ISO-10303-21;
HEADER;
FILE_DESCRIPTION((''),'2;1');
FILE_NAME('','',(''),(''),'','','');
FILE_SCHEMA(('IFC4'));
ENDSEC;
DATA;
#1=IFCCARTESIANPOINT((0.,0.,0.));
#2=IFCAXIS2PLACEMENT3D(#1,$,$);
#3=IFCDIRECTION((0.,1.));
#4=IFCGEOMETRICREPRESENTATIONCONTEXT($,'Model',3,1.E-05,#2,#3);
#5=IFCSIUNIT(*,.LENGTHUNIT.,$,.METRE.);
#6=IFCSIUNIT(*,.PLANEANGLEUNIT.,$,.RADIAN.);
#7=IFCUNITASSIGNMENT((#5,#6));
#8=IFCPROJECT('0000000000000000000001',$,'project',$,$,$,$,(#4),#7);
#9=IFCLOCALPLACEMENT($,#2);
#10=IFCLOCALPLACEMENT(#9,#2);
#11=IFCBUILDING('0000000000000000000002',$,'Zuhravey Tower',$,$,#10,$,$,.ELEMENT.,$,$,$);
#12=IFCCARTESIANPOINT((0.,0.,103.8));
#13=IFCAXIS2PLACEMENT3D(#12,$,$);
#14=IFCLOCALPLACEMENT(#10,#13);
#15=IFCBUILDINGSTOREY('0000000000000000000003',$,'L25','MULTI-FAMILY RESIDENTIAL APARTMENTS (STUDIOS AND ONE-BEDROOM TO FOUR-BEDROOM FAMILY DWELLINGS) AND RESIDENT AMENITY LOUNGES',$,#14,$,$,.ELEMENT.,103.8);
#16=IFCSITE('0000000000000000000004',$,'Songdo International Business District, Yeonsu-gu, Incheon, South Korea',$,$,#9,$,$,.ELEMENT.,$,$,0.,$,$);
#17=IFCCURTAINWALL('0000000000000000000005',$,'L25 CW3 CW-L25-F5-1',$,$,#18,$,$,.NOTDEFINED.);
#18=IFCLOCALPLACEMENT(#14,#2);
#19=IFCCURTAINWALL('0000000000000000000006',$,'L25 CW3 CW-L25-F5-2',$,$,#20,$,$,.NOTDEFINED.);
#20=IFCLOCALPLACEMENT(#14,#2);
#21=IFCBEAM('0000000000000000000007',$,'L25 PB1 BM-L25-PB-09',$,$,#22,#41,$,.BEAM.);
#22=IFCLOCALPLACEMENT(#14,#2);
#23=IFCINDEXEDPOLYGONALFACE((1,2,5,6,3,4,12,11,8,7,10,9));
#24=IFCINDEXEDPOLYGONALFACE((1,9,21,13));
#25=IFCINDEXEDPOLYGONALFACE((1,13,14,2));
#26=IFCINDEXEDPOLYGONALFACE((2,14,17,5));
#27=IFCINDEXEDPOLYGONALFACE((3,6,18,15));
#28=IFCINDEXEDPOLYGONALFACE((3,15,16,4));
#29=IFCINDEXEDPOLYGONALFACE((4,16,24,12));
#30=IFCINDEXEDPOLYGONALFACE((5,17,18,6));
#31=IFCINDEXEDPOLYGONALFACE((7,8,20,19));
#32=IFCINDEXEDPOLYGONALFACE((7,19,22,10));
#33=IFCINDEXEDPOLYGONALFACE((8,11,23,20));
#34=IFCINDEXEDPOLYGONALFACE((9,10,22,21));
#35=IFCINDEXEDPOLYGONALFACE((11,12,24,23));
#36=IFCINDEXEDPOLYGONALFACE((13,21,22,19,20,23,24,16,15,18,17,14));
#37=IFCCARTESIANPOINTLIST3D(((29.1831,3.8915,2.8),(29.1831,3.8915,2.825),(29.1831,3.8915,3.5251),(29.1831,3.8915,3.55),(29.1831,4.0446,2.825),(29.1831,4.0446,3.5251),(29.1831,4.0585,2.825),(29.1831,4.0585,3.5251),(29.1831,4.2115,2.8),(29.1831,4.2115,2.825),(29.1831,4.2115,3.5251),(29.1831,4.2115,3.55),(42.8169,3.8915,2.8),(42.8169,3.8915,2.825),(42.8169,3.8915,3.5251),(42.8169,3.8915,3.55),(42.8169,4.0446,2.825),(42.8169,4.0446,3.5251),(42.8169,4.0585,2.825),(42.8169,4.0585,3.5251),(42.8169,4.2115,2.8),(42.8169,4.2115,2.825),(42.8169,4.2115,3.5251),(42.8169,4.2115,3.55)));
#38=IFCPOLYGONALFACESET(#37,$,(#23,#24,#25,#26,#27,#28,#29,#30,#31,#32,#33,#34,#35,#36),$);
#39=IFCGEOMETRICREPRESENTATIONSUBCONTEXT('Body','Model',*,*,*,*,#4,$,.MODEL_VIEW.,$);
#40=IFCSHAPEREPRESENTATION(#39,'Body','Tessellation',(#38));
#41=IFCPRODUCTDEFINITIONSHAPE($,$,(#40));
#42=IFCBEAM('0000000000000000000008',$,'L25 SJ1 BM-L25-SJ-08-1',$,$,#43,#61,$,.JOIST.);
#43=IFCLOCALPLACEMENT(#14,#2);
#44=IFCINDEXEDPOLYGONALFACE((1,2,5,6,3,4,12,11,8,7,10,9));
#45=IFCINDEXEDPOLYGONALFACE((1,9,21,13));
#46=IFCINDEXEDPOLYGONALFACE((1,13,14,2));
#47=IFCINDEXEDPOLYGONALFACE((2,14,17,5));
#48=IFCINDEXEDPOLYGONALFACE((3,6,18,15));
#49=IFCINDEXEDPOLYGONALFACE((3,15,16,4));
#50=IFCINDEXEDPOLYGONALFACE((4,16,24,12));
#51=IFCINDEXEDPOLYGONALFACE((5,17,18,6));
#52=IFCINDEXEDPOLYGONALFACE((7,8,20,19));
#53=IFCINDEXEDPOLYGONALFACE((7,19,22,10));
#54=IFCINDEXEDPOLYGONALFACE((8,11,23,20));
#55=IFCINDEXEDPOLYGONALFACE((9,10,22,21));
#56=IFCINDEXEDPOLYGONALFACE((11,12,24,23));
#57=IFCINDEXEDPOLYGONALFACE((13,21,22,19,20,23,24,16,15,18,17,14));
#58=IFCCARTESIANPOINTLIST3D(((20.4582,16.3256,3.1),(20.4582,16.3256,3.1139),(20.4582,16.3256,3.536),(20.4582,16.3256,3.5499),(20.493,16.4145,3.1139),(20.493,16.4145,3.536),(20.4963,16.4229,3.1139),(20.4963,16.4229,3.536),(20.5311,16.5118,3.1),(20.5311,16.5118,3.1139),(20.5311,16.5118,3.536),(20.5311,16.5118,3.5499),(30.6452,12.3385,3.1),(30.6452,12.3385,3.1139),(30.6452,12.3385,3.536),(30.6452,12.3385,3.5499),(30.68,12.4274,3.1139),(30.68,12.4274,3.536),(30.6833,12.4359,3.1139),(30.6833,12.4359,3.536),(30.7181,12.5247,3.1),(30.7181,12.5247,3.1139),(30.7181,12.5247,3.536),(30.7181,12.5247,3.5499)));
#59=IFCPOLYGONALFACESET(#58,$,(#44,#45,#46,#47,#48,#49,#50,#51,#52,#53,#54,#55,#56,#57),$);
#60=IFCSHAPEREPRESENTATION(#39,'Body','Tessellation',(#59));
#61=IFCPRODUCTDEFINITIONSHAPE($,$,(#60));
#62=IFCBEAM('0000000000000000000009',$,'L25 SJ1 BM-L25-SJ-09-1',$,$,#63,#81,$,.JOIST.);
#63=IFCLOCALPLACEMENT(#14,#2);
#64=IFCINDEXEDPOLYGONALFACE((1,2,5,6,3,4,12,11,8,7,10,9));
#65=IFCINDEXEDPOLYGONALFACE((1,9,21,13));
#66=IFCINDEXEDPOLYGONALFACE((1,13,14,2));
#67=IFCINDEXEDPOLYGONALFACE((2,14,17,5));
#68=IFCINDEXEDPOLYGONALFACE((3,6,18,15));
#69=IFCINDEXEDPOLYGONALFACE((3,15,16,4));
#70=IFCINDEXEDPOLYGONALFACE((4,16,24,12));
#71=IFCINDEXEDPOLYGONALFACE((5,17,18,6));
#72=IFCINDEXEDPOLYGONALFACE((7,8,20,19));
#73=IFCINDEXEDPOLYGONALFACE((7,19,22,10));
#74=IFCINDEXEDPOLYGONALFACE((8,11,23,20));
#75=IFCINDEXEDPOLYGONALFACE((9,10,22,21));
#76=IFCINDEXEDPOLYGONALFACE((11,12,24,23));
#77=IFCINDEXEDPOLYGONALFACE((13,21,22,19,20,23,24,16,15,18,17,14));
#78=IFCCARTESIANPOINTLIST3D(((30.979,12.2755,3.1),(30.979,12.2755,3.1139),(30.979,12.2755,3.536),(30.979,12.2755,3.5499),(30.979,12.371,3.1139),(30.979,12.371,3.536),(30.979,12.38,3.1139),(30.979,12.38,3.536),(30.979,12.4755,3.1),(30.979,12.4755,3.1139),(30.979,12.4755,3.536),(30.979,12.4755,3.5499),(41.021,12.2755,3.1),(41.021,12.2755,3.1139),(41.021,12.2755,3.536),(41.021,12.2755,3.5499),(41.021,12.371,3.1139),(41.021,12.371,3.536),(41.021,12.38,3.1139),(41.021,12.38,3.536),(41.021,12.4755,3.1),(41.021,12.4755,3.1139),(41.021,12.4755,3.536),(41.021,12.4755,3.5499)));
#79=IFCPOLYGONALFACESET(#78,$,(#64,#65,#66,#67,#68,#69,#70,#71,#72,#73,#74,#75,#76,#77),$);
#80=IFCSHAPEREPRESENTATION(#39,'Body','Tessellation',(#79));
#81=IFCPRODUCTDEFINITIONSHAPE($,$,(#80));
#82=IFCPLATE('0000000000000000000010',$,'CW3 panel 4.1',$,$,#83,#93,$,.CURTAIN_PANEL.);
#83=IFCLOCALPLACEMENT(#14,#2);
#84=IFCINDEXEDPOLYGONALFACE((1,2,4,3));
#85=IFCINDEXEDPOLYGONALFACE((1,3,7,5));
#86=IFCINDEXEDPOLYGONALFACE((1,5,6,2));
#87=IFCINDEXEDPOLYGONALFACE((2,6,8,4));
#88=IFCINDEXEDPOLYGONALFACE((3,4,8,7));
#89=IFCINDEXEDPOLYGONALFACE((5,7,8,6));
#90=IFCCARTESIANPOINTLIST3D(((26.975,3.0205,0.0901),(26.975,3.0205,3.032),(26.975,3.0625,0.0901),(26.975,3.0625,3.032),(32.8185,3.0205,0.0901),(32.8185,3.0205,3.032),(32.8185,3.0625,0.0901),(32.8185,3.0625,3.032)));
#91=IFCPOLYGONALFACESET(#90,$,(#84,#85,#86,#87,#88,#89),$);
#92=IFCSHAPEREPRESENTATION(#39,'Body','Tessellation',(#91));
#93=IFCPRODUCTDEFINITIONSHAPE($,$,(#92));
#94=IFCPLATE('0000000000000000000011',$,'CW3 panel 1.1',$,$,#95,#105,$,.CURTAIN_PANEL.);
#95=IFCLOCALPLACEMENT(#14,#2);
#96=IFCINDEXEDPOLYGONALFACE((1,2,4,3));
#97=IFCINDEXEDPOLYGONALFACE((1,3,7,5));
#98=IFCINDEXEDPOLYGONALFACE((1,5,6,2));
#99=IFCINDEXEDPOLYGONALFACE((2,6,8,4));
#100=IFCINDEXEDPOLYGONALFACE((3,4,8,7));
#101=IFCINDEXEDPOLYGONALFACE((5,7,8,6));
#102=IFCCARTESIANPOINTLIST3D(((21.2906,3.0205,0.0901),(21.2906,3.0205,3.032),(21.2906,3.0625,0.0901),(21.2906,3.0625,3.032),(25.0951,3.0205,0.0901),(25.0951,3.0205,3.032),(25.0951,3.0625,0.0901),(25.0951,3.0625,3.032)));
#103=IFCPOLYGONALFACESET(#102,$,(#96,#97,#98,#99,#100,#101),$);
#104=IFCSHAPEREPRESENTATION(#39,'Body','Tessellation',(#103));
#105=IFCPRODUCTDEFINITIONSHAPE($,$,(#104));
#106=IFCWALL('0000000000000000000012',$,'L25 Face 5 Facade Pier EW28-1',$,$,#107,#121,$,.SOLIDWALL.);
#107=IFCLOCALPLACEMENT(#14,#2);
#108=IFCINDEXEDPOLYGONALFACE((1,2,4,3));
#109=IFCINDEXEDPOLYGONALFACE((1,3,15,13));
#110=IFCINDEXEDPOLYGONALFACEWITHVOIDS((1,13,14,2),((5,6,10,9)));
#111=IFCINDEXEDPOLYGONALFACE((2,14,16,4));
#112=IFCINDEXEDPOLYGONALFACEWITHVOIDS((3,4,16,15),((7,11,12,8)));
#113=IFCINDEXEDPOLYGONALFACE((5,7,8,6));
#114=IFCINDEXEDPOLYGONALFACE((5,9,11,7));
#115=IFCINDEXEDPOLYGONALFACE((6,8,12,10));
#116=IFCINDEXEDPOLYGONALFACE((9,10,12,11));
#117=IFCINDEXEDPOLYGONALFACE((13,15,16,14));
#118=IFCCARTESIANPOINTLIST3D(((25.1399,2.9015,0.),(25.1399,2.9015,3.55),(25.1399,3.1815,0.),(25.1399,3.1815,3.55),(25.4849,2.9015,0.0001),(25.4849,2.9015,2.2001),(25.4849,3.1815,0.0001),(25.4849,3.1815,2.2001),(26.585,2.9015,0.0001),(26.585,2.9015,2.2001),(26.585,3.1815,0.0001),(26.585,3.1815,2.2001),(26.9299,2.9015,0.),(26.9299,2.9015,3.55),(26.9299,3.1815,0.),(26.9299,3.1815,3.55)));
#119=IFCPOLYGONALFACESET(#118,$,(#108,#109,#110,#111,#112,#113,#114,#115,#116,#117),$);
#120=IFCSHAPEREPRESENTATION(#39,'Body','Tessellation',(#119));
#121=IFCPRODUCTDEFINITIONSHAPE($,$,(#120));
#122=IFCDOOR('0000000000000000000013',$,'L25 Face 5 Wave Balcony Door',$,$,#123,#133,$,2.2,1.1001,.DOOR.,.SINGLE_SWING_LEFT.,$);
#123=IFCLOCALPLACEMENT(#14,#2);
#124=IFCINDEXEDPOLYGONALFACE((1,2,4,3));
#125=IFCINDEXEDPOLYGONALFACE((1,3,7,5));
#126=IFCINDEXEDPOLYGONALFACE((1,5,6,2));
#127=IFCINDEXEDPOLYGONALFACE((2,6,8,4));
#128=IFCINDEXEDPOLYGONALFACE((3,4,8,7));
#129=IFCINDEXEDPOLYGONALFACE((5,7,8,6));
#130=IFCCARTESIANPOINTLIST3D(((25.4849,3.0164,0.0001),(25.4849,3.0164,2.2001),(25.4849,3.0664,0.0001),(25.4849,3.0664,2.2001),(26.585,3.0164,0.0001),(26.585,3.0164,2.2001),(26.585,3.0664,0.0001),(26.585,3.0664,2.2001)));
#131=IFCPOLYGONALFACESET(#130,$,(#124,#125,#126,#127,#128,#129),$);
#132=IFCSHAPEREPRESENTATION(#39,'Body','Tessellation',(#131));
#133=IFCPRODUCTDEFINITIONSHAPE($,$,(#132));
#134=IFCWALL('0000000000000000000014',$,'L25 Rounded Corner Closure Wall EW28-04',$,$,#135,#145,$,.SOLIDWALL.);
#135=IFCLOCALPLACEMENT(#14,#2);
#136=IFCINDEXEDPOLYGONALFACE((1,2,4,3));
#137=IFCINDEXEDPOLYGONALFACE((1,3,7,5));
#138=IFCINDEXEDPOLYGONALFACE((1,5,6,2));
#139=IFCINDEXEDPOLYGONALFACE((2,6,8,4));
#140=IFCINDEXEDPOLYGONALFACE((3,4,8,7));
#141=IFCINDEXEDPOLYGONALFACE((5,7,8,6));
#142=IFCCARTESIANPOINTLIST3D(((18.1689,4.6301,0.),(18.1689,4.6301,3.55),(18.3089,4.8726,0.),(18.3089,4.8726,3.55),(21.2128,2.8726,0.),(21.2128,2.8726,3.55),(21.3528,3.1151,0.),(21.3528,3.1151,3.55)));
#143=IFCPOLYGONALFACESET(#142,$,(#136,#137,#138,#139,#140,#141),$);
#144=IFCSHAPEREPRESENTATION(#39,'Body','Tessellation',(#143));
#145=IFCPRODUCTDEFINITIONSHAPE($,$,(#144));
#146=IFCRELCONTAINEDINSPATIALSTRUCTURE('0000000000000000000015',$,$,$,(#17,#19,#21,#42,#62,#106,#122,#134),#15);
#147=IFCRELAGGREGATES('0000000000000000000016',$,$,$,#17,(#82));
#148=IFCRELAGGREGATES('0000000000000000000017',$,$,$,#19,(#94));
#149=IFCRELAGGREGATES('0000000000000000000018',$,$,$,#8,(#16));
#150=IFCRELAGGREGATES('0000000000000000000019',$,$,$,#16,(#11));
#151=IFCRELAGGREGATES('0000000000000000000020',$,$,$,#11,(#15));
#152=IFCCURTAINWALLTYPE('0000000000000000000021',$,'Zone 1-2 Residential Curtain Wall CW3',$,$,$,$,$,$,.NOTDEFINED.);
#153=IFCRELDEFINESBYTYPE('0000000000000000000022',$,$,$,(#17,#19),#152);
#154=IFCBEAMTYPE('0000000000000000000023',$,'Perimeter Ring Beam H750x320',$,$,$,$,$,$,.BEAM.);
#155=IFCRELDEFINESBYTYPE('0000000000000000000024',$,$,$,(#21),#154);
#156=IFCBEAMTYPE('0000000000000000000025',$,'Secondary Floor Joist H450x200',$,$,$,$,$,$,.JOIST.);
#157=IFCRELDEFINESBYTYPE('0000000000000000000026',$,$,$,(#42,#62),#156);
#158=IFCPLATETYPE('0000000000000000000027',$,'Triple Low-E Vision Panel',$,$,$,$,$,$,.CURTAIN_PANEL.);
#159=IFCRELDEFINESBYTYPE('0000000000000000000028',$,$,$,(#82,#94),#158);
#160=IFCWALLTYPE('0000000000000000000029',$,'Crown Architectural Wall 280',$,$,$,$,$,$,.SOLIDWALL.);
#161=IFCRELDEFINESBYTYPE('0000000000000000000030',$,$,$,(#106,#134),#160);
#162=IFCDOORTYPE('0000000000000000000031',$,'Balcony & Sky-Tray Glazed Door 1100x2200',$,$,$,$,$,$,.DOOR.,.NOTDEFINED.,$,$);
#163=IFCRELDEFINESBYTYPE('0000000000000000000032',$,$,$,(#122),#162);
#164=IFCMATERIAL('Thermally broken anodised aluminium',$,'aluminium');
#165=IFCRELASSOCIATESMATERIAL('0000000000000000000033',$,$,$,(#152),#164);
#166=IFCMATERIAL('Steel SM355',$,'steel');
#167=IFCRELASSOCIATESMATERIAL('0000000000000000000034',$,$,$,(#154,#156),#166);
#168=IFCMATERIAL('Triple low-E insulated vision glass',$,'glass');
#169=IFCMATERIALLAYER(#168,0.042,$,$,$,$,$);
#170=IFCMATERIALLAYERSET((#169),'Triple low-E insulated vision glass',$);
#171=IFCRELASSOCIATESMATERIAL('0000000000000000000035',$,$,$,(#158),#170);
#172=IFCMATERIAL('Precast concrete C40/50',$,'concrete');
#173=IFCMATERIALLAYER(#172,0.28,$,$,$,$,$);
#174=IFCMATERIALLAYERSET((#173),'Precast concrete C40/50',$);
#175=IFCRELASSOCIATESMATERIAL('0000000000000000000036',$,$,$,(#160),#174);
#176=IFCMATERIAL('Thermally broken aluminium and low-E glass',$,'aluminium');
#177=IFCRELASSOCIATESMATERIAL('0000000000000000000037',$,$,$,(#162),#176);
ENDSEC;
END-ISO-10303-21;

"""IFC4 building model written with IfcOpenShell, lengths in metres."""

from ifc_helpers import new_model, si_unit, direction, frame, frame_2d, origin, origin_2d, place, context, subcontext, project, spatial, rectangle, i_section, extrude, material, layer, layer_set, material_profile, profile_set, type_object, element, fill, aggregate, save


model = new_model("IFC4")

# Units and contexts
model_context = context("Model", 3, precision=1e-05, world=origin(), true_north=direction((0.0, 1.0)))
body_context = subcontext(model_context, "Body", "Model", "MODEL_VIEW")
ifc_project = project(units=[si_unit("LENGTHUNIT", "METRE"), si_unit("PLANEANGLEUNIT", "RADIAN")], contexts=[model_context])

# Site, building, storey
site_placement = place(None, origin())
site = spatial("IfcSite", under=ifc_project, at=site_placement, Name="Songdo International Business District, Yeonsu-gu, Incheon, South Korea", CompositionType="ELEMENT", RefElevation=0.0)
building_placement = place(site_placement, origin())
building = spatial("IfcBuilding", under=site, at=building_placement, Name="Zuhravey Tower", CompositionType="ELEMENT")
storey_placement = place(building_placement, frame((0.0, 0.0, 103.8)))
storey = spatial("IfcBuildingStorey", under=building, at=storey_placement, Name="L25", Description="MULTI-FAMILY RESIDENTIAL APARTMENTS (STUDIOS AND ONE-BEDROOM TO FOUR-BEDROOM FAMILY DWELLINGS) AND RESIDENT AMENITY LOUNGES", CompositionType="ELEMENT", Elevation=103.8)

# Curtain walls
ifc_material_1 = material(Name="Thermally broken anodised aluminium", Category="aluminium")
curtain_wall_type = type_object("IfcCurtainWallType", Name="Zone 1-2 Residential Curtain Wall CW3", PredefinedType="NOTDEFINED", material=ifc_material_1)
curtain_wall_1_placement = place(storey_placement, origin())
curtain_wall_1 = element("IfcCurtainWall", 1, at=curtain_wall_1_placement, inside=storey, type_object=curtain_wall_type, Name="L25 CW3 CW-L25-F5-1", PredefinedType="NOTDEFINED")
curtain_wall_2_placement = place(storey_placement, origin())
curtain_wall_2 = element("IfcCurtainWall", 2, at=curtain_wall_2_placement, inside=storey, type_object=curtain_wall_type, Name="L25 CW3 CW-L25-F5-2", PredefinedType="NOTDEFINED")

# Beams
ifc_material_2 = material(Name="Steel SM355", Category="steel")
ifc_material_profile_1 = material_profile(ifc_material_2, i_section(OverallWidth=0.3201, OverallDepth=0.75, WebThickness=0.0139, FlangeThickness=0.0249, at=origin_2d()), Name="H-750x320x14x25")
ifc_profile_set_1 = profile_set([ifc_material_profile_1], Name="Steel SM355")
beam_type_1 = type_object("IfcBeamType", Name="Perimeter Ring Beam H750x320", PredefinedType="BEAM", material=ifc_profile_set_1)
beam_1_placement = place(storey_placement, frame((29.1831, 4.0515, 3.175), z_axis=(1.0, 0.0, 0.0), x_axis=(0.0, 1.0, 0.0)))
element("IfcBeam", 3, at=beam_1_placement, inside=storey, type_object=beam_type_1, Name="L25 PB1 BM-L25-PB-09", PredefinedType="BEAM", context=body_context, shape_type="SweptSolid", body=[
    extrude(i_section(OverallWidth=0.3201, OverallDepth=0.75, WebThickness=0.0139, FlangeThickness=0.0249, at=origin_2d()), origin(), (0.0, 0.0, 1.0), 13.6338),
])
ifc_material_profile_2 = material_profile(ifc_material_2, i_section(OverallWidth=0.2, OverallDepth=0.45, WebThickness=0.009, FlangeThickness=0.0139, at=origin_2d()), Name="H-450x200x9x14")
ifc_profile_set_2 = profile_set([ifc_material_profile_2], Name="Steel SM355")
beam_type_2 = type_object("IfcBeamType", Name="Secondary Floor Joist H450x200", PredefinedType="JOIST", material=ifc_profile_set_2)
beam_2_placement = place(storey_placement, frame((20.4946, 16.4187, 3.325), z_axis=(0.931217, -0.364466, 0.0), x_axis=(0.364466, 0.931217, 0.0)))
element("IfcBeam", 4, at=beam_2_placement, inside=storey, type_object=beam_type_2, Name="L25 SJ1 BM-L25-SJ-08-1", PredefinedType="JOIST", context=body_context, shape_type="SweptSolid", body=[
    extrude(i_section(OverallWidth=0.2, OverallDepth=0.45, WebThickness=0.009, FlangeThickness=0.0139, at=origin_2d()), origin(), (0.0, 0.0, 1.0), 10.9395),
])
beam_3_placement = place(storey_placement, frame((30.979, 12.3755, 3.325), z_axis=(1.0, 0.0, 0.0), x_axis=(0.0, 1.0, 0.0)))
element("IfcBeam", 5, at=beam_3_placement, inside=storey, type_object=beam_type_2, Name="L25 SJ1 BM-L25-SJ-09-1", PredefinedType="JOIST", context=body_context, shape_type="SweptSolid", body=[
    extrude(i_section(OverallWidth=0.2, OverallDepth=0.45, WebThickness=0.009, FlangeThickness=0.0139, at=origin_2d()), origin(), (0.0, 0.0, 1.0), 10.042),
])

# Plates
ifc_material_3 = material(Name="Triple low-E insulated vision glass", Category="glass")
ifc_layer_1 = layer(ifc_material_3, 0.042)
ifc_layer_set_1 = layer_set([ifc_layer_1], Name="Triple low-E insulated vision glass")
plate_type = type_object("IfcPlateType", Name="Triple Low-E Vision Panel", PredefinedType="CURTAIN_PANEL", material=ifc_layer_set_1)
plate_1_placement = place(storey_placement, frame((29.8967, 3.0415, 0.0901), z_axis=(0.0, 0.0, 1.0), x_axis=(-1.0, 0.0, 0.0)))
plate_1 = element("IfcPlate", 6, at=plate_1_placement, type_object=plate_type, Name="CW3 panel 4.1", PredefinedType="CURTAIN_PANEL", context=body_context, shape_type="SweptSolid", body=[
    extrude(rectangle(XDim=5.8435, YDim=0.042, at=origin_2d()), origin(), (0.0, 0.0, 1.0), 2.9419),
])
aggregate(curtain_wall_1, [plate_1])
plate_2_placement = place(storey_placement, frame((23.1929, 3.0415, 0.0901), z_axis=(0.0, 0.0, 1.0), x_axis=(-1.0, 0.0, 0.0)))
plate_2 = element("IfcPlate", 7, at=plate_2_placement, type_object=plate_type, Name="CW3 panel 1.1", PredefinedType="CURTAIN_PANEL", context=body_context, shape_type="SweptSolid", body=[
    extrude(rectangle(XDim=3.8044, YDim=0.042, at=origin_2d()), origin(), (0.0, 0.0, 1.0), 2.9419),
])
aggregate(curtain_wall_2, [plate_2])

# Wall, opening, door
ifc_material_4 = material(Name="Precast concrete C40/50", Category="concrete")
ifc_layer_2 = layer(ifc_material_4, 0.28)
ifc_layer_set_2 = layer_set([ifc_layer_2], Name="Precast concrete C40/50")
wall_type_1 = type_object("IfcWallType", Name="Crown Architectural Wall 280", PredefinedType="SOLIDWALL", material=ifc_layer_set_2)
wall_1_placement = place(storey_placement, frame((26.9299, 3.0415, 0.0), z_axis=(0.0, 0.0, 1.0), x_axis=(-1.0, 0.0, 0.0)))
wall_1 = element("IfcWall", 8, at=wall_1_placement, inside=storey, type_object=wall_type_1, Name="L25 Face 5 Facade Pier EW28-1", PredefinedType="SOLIDWALL", context=body_context, shape_type="SweptSolid", body=[
    extrude(rectangle(XDim=1.79, YDim=0.28, at=frame_2d((0.895, 0.0))), origin(), (0.0, 0.0, 1.0), 3.55),
])
opening_1_placement = place(wall_1_placement, frame((0.345, 0.0, 0.0)))
opening_1 = element("IfcOpeningElement", 9, at=opening_1_placement, cuts=wall_1, PredefinedType="OPENING", context=body_context, shape_type="SweptSolid", body=[
    extrude(rectangle(XDim=1.1001, YDim=2.2, at=frame_2d((0.55, 1.1001))), frame((0.0, 0.1521, 0.0), z_axis=(0.0, -1.0, 0.0), x_axis=(1.0, 0.0, 0.0)), (0.0, 0.0, 1.0), 0.304),
])
ifc_material_5 = material(Name="Thermally broken aluminium and low-E glass", Category="aluminium")
door_type_1 = type_object("IfcDoorType", Name="Balcony & Sky-Tray Glazed Door 1100x2200", OperationType="NOTDEFINED", PredefinedType="DOOR", material=ifc_material_5)
door_1_placement = place(opening_1_placement, frame((1.1001, 0.0, 0.0), z_axis=(0.0, 0.0, 1.0), x_axis=(-1.0, 0.0, 0.0)))
door_1 = element("IfcDoor", 10, at=door_1_placement, inside=storey, type_object=door_type_1, Name="L25 Face 5 Wave Balcony Door", OperationType="SINGLE_SWING_LEFT", OverallHeight=2.2, OverallWidth=1.1001, PredefinedType="DOOR", context=body_context, shape_type="SweptSolid", body=[
    extrude(rectangle(XDim=1.1001, YDim=2.2, at=frame_2d((0.55, 1.1001))), frame((0.0, 0.0249, 0.0), z_axis=(0.0, -1.0, 0.0), x_axis=(1.0, 0.0, 0.0)), (0.0, 0.0, 1.0), 0.05),
])
fill(opening_1, door_1)

# Wall
wall_2_placement = place(storey_placement, frame((21.2827, 2.9939, 0.0), z_axis=(0.0, 0.0, 1.0), x_axis=(-0.866007, 0.500031, 0.0)))
element("IfcWall", 11, at=wall_2_placement, inside=storey, type_object=wall_type_1, Name="L25 Rounded Corner Closure Wall EW28-04", PredefinedType="SOLIDWALL", context=body_context, shape_type="SweptSolid", body=[
    extrude(rectangle(XDim=3.5149, YDim=0.28, at=frame_2d((1.7573, 0.0))), origin(), (0.0, 0.0, 1.0), 3.55),
])

save(model, "model.ifc")
